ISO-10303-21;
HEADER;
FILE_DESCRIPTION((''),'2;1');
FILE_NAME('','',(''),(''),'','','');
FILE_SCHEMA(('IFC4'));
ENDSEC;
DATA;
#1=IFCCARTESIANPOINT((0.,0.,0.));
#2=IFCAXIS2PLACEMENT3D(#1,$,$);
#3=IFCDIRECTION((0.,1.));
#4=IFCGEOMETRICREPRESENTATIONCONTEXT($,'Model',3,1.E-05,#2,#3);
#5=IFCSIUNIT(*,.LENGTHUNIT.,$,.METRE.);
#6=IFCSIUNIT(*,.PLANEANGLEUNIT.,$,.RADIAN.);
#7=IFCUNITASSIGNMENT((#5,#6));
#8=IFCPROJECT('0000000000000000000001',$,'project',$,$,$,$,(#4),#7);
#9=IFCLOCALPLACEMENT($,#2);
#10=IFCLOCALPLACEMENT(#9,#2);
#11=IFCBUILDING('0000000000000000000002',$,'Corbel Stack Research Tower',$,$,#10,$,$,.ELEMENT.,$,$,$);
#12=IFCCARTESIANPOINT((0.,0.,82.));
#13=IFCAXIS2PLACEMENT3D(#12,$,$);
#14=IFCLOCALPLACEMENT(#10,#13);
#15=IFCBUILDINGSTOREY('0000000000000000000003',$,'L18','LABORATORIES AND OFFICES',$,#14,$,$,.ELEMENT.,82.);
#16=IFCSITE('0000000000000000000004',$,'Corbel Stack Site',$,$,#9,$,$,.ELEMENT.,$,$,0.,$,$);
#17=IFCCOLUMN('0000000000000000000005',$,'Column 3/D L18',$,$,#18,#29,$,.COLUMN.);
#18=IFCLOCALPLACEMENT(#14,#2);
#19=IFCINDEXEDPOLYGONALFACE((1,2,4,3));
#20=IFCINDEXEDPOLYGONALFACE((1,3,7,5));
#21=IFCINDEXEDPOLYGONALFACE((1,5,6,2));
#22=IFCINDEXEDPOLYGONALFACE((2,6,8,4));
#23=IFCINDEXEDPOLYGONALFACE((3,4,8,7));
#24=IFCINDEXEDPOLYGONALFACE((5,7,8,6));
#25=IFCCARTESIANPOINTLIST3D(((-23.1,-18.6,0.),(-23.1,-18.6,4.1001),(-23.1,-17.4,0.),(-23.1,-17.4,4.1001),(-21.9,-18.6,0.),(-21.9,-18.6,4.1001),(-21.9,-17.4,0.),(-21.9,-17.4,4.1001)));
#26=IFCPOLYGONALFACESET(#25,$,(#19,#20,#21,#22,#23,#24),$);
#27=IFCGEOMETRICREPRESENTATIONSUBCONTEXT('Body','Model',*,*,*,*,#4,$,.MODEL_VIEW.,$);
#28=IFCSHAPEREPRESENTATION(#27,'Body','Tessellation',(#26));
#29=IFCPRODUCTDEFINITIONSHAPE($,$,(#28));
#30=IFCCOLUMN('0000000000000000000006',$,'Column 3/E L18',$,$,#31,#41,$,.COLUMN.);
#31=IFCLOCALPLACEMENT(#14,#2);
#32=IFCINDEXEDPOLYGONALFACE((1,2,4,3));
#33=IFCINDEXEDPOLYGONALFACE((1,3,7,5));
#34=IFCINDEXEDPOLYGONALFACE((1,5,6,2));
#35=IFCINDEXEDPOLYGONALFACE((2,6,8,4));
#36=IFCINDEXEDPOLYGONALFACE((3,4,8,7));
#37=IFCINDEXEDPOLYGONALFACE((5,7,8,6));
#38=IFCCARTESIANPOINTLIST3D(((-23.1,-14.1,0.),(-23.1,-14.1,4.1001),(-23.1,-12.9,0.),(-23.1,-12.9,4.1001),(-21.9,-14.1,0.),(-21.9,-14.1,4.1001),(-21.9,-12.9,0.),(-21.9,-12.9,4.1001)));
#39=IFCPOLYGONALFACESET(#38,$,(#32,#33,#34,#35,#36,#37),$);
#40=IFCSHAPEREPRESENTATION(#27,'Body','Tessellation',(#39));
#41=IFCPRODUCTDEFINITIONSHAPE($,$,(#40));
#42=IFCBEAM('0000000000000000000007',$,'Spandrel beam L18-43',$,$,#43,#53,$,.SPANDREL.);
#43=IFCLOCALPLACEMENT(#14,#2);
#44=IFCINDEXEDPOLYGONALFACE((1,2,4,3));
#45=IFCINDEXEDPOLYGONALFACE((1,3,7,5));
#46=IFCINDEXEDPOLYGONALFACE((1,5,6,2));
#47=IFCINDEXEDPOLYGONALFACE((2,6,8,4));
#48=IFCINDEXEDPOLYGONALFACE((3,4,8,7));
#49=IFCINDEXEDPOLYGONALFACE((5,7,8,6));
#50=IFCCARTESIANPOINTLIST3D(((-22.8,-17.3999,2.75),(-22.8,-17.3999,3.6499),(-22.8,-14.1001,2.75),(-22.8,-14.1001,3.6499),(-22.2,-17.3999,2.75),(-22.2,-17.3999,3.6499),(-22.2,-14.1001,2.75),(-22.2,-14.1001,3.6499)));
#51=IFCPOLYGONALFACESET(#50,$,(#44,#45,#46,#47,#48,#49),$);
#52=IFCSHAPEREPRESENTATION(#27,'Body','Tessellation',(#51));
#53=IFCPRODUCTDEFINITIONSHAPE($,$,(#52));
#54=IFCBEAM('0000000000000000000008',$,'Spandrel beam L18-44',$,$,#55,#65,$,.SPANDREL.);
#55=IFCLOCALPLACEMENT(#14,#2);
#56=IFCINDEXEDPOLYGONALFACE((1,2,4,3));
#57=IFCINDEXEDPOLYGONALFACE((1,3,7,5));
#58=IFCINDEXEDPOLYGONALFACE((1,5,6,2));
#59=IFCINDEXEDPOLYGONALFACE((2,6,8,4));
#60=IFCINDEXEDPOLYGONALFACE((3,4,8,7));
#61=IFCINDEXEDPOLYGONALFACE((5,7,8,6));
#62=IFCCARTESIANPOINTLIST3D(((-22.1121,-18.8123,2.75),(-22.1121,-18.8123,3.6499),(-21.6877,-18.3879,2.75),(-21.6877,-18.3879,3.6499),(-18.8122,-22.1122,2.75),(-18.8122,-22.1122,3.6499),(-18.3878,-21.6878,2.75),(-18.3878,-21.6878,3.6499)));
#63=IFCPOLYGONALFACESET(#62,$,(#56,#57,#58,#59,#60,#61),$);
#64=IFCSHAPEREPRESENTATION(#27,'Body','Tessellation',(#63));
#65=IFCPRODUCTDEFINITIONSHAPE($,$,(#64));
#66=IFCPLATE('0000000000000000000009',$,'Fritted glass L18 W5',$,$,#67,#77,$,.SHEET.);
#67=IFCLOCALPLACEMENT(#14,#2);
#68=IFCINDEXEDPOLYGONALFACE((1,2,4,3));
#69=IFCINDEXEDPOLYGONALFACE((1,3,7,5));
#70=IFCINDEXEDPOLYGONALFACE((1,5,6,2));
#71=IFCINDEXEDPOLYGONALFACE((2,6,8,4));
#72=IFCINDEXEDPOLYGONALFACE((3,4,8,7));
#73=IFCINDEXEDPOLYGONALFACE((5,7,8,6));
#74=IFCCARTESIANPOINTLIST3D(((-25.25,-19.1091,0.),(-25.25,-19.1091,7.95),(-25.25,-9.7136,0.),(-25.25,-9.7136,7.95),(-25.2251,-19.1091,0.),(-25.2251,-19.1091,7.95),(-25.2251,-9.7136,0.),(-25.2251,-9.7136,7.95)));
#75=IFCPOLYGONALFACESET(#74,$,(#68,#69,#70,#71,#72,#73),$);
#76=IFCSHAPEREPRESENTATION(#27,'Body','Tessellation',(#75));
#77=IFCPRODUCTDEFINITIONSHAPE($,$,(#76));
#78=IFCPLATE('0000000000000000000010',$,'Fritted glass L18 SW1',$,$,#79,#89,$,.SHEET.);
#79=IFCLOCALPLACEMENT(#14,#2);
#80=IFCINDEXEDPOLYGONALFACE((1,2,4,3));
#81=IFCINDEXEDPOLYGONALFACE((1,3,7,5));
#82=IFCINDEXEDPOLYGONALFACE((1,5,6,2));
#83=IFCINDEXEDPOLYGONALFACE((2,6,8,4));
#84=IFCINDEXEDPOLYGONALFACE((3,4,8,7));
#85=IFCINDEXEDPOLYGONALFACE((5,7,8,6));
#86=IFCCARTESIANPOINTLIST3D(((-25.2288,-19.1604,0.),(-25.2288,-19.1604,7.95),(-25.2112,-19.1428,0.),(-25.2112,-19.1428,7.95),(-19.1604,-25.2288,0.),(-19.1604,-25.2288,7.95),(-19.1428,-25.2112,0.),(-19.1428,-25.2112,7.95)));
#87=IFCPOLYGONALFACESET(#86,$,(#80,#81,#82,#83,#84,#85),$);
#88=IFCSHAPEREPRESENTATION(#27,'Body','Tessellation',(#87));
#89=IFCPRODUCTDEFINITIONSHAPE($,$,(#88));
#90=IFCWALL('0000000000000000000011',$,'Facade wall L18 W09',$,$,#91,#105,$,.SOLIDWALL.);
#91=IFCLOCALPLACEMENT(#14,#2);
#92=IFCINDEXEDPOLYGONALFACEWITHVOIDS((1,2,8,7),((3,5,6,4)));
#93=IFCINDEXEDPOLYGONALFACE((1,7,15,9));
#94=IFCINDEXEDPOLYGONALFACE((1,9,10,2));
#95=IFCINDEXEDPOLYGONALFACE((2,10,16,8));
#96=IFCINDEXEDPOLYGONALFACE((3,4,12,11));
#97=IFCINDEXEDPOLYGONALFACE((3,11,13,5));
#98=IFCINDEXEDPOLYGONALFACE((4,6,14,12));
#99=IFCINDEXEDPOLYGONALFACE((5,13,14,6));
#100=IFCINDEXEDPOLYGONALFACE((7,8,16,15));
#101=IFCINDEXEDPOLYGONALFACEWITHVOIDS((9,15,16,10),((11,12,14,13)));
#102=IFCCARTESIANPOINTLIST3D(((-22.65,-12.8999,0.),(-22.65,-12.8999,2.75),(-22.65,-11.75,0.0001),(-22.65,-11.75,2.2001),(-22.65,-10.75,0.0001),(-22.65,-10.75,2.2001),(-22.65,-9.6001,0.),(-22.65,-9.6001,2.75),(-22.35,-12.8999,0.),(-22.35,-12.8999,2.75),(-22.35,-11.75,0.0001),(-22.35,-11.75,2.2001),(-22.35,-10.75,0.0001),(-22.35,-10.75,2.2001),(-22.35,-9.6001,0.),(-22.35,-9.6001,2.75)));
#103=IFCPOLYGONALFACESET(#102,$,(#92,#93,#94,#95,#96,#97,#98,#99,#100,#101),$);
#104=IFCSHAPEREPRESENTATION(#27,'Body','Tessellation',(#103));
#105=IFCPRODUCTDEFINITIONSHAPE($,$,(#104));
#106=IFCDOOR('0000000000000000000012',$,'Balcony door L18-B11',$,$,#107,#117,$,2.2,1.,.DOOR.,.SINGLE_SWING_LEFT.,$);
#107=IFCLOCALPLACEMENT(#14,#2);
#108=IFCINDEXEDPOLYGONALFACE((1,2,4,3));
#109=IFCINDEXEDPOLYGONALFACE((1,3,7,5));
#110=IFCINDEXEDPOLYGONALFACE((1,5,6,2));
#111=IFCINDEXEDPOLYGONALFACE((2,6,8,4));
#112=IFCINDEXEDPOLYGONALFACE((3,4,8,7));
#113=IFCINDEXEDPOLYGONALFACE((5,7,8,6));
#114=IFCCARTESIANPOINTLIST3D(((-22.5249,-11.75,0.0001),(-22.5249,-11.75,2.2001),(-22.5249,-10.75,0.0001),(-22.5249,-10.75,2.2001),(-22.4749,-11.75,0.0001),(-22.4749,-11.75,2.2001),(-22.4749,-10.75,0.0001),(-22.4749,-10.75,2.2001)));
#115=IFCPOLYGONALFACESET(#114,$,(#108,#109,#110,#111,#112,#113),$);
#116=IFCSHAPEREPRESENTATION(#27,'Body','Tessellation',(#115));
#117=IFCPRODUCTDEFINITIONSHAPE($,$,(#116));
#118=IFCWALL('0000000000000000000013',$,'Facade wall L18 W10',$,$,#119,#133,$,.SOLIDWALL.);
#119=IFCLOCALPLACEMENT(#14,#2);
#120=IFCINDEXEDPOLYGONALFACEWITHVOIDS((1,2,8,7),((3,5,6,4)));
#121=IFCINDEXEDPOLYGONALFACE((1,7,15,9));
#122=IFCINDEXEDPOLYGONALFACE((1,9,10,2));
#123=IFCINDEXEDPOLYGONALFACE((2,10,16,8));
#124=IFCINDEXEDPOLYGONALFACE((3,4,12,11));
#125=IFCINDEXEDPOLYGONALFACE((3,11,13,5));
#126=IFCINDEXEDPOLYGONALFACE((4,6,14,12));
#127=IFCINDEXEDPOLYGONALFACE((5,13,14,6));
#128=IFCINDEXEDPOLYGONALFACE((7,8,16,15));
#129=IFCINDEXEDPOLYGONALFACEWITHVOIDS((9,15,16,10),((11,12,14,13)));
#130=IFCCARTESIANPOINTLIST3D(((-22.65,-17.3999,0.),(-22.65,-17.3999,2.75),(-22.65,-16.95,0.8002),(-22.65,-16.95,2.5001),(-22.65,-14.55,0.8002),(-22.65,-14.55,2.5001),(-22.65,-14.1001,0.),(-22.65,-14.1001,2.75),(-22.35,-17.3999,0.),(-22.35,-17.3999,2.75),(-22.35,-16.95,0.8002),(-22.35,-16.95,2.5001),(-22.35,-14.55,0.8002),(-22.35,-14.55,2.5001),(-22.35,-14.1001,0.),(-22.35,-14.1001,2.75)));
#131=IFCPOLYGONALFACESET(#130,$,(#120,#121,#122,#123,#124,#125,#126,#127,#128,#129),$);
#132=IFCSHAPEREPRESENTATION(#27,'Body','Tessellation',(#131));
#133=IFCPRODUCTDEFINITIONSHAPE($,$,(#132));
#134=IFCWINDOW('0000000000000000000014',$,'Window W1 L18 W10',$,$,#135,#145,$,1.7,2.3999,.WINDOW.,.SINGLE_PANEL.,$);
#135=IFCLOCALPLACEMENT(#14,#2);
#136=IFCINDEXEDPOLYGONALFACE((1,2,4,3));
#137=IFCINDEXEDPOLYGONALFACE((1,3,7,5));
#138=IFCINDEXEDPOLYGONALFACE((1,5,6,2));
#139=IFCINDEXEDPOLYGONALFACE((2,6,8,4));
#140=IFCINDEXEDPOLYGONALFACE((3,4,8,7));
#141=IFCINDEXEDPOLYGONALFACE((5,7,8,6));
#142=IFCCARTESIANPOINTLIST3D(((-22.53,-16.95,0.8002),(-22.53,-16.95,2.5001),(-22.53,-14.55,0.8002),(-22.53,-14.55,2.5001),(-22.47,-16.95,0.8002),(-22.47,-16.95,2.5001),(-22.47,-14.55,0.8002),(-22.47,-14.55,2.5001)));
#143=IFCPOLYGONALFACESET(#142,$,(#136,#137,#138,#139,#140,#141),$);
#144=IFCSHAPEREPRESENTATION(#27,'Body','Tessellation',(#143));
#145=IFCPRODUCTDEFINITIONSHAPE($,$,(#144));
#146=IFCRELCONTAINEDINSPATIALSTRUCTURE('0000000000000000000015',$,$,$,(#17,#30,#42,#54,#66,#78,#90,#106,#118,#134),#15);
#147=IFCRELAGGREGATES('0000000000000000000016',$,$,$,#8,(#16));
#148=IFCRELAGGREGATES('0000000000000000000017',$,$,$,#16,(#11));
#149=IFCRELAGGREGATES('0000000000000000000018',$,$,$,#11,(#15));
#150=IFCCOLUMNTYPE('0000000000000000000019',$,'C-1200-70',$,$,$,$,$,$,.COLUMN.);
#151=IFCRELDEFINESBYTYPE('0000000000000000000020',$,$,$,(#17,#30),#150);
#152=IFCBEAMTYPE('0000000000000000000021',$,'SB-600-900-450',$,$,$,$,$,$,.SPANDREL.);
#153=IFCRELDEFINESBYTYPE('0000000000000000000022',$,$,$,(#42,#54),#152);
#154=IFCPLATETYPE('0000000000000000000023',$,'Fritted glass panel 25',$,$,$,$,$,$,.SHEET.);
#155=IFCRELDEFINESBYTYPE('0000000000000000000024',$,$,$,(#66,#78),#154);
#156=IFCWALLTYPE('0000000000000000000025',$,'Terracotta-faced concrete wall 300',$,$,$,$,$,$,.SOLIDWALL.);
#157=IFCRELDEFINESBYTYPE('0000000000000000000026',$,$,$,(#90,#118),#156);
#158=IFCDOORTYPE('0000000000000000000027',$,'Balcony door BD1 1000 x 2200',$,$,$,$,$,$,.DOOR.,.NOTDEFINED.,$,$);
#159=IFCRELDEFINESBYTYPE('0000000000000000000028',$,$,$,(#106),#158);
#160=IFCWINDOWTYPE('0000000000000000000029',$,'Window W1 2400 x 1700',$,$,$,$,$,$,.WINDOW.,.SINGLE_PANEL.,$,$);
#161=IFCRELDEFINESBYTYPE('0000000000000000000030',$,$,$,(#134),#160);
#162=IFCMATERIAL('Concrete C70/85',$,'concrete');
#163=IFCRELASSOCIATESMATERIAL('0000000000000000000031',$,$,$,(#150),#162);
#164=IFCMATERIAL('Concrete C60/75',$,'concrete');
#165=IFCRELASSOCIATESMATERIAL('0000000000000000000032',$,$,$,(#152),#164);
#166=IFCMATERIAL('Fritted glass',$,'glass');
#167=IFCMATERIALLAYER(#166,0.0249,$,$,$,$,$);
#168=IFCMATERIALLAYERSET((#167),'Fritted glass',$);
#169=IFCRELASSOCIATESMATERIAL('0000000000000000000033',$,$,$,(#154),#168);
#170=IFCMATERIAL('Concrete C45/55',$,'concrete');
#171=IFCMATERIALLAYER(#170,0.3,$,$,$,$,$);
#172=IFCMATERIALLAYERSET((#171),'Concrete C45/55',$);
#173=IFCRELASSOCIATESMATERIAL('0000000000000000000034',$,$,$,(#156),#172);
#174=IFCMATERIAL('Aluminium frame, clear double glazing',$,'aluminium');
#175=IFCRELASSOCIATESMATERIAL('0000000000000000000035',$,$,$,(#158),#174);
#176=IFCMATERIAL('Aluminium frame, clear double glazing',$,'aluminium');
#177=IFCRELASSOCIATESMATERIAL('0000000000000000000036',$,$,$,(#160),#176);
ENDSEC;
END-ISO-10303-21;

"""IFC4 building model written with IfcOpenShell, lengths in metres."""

from ifc_helpers import new_model, si_unit, direction, frame, frame_2d, origin, origin_2d, place, context, subcontext, project, spatial, rectangle, extrude, material, layer, layer_set, material_profile, profile_set, type_object, element, fill, save


model = new_model("IFC4")

# Units and contexts
model_context = context("Model", 3, precision=1e-05, world=origin(), true_north=direction((0.0, 1.0)))
body_context = subcontext(model_context, "Body", "Model", "MODEL_VIEW")
ifc_project = project(units=[si_unit("LENGTHUNIT", "METRE"), si_unit("PLANEANGLEUNIT", "RADIAN")], contexts=[model_context])

# Site, building, storey
site_placement = place(None, origin())
site = spatial("IfcSite", under=ifc_project, at=site_placement, Name="Corbel Stack Site", CompositionType="ELEMENT", RefElevation=0.0)
building_placement = place(site_placement, origin())
building = spatial("IfcBuilding", under=site, at=building_placement, Name="Corbel Stack Research Tower", CompositionType="ELEMENT")
storey_placement = place(building_placement, frame((0.0, 0.0, 82.0)))
storey = spatial("IfcBuildingStorey", under=building, at=storey_placement, Name="L18", Description="LABORATORIES AND OFFICES", CompositionType="ELEMENT", Elevation=82.0)

# Columns
ifc_material_1 = material(Name="Concrete C70/85", Category="concrete")
ifc_material_profile_1 = material_profile(ifc_material_1, rectangle(XDim=1.2, YDim=1.2, at=origin_2d()), Name="RC 1200 x 1200")
ifc_profile_set_1 = profile_set([ifc_material_profile_1], Name="Concrete C70/85")
column_type = type_object("IfcColumnType", Name="C-1200-70", PredefinedType="COLUMN", material=ifc_profile_set_1)
for number, where, z_axis, x_axis, name in (
    (1, (-22.5, -18.0, 0.0), (0.0, 0.0, 1.0), (1.0, 0.0, 0.0), "Column 3/D L18"),
    (2, (-22.5, -13.5, 0.0), (0.0, 0.0, 1.0), (1.0, 0.0, 0.0), "Column 3/E L18"),
):
    element("IfcColumn", number, at=place(storey_placement, frame(where, z_axis=z_axis, x_axis=x_axis)), inside=storey, type_object=column_type, Name=name, PredefinedType="COLUMN", context=body_context, shape_type="SweptSolid", body=[
        extrude(rectangle(XDim=1.2, YDim=1.2, at=origin_2d()), origin(), (0.0, 0.0, 1.0), 4.1001),
    ])

# Beams
ifc_material_2 = material(Name="Concrete C60/75", Category="concrete")
ifc_material_profile_2 = material_profile(ifc_material_2, rectangle(XDim=0.6001, YDim=0.8999, at=origin_2d()), Name="RC 600 x 900")
ifc_profile_set_2 = profile_set([ifc_material_profile_2], Name="Concrete C60/75")
beam_type = type_object("IfcBeamType", Name="SB-600-900-450", PredefinedType="SPANDREL", material=ifc_profile_set_2)
beam_1_placement = place(storey_placement, frame((-22.5, -14.1001, 3.2), z_axis=(0.0, -1.0, 0.0), x_axis=(1.0, 0.0, 0.0)))
element("IfcBeam", 3, at=beam_1_placement, inside=storey, type_object=beam_type, Name="Spandrel beam L18-43", PredefinedType="SPANDREL", context=body_context, shape_type="SweptSolid", body=[
    extrude(rectangle(XDim=0.6001, YDim=0.8999, at=origin_2d()), origin(), (0.0, 0.0, 1.0), 3.2998),
])
beam_2_placement = place(storey_placement, frame((-21.8999, -18.6001, 3.2), z_axis=(0.707107, -0.707107, 0.0), x_axis=(0.707107, 0.707107, 0.0)))
element("IfcBeam", 4, at=beam_2_placement, inside=storey, type_object=beam_type, Name="Spandrel beam L18-44", PredefinedType="SPANDREL", context=body_context, shape_type="SweptSolid", body=[
    extrude(rectangle(XDim=0.6001, YDim=0.8999, at=origin_2d()), origin(), (0.0, 0.0, 1.0), 4.6667),
])

# Plates
ifc_material_3 = material(Name="Fritted glass", Category="glass")
ifc_layer_1 = layer(ifc_material_3, 0.0249)
ifc_layer_set_1 = layer_set([ifc_layer_1], Name="Fritted glass")
plate_type = type_object("IfcPlateType", Name="Fritted glass panel 25", PredefinedType="SHEET", material=ifc_layer_set_1)
plate_1_placement = place(storey_placement, frame((-25.2375, -14.4114, 0.0), z_axis=(0.0, 0.0, 1.0), x_axis=(0.0, -1.0, 0.0)))
element("IfcPlate", 5, at=plate_1_placement, inside=storey, type_object=plate_type, Name="Fritted glass L18 W5", PredefinedType="SHEET", context=body_context, shape_type="SweptSolid", body=[
    extrude(rectangle(XDim=9.3955, YDim=0.0249, at=origin_2d()), origin(), (0.0, 0.0, 1.0), 7.95),
])
plate_2_placement = place(storey_placement, frame((-22.1858, -22.1858, 0.0), z_axis=(0.0, 0.0, 1.0), x_axis=(0.707107, -0.707107, 0.0)))
element("IfcPlate", 6, at=plate_2_placement, inside=storey, type_object=plate_type, Name="Fritted glass L18 SW1", PredefinedType="SHEET", context=body_context, shape_type="SweptSolid", body=[
    extrude(rectangle(XDim=8.582, YDim=0.0249, at=origin_2d()), origin(), (0.0, 0.0, 1.0), 7.95),
])

# Wall, opening, door
ifc_material_4 = material(Name="Concrete C45/55", Category="concrete")
ifc_layer_2 = layer(ifc_material_4, 0.3)
ifc_layer_set_2 = layer_set([ifc_layer_2], Name="Concrete C45/55")
wall_type = type_object("IfcWallType", Name="Terracotta-faced concrete wall 300", PredefinedType="SOLIDWALL", material=ifc_layer_set_2)
wall_1_placement = place(storey_placement, frame((-22.5, -12.8999, 0.0), z_axis=(0.0, 0.0, 1.0), x_axis=(0.0, 1.0, 0.0)))
wall_1 = element("IfcWall", 7, at=wall_1_placement, inside=storey, type_object=wall_type, Name="Facade wall L18 W09", PredefinedType="SOLIDWALL", context=body_context, shape_type="SweptSolid", body=[
    extrude(rectangle(XDim=3.2998, YDim=0.3, at=frame_2d((1.6499, 0.0))), origin(), (0.0, 0.0, 1.0), 2.75),
])
opening_1_placement = place(wall_1_placement, frame((1.1499, 0.0, 0.0)))
opening_1 = element("IfcOpeningElement", 8, at=opening_1_placement, cuts=wall_1, PredefinedType="OPENING", context=body_context, shape_type="SweptSolid", body=[
    extrude(rectangle(XDim=1.0, YDim=2.2, at=frame_2d((0.5, 1.1001))), frame((0.0, 0.1599, 0.0), z_axis=(0.0, -1.0, 0.0), x_axis=(1.0, 0.0, 0.0)), (0.0, 0.0, 1.0), 0.3201),
])
ifc_material_5 = material(Name="Aluminium frame, clear double glazing", Category="aluminium")
door_type = type_object("IfcDoorType", Name="Balcony door BD1 1000 x 2200", OperationType="NOTDEFINED", PredefinedType="DOOR", material=ifc_material_5)
door_placement = place(opening_1_placement, origin())
door = element("IfcDoor", 9, at=door_placement, inside=storey, type_object=door_type, Name="Balcony door L18-B11", OperationType="SINGLE_SWING_LEFT", OverallHeight=2.2, OverallWidth=1.0, PredefinedType="DOOR", context=body_context, shape_type="SweptSolid", body=[
    extrude(rectangle(XDim=1.0, YDim=2.2, at=frame_2d((0.5, 1.1001))), frame((0.0, 0.0249, 0.0), z_axis=(0.0, -1.0, 0.0), x_axis=(1.0, 0.0, 0.0)), (0.0, 0.0, 1.0), 0.05),
])
fill(opening_1, door)

# Wall, opening, window
wall_2_placement = place(storey_placement, frame((-22.5, -17.3999, 0.0), z_axis=(0.0, 0.0, 1.0), x_axis=(0.0, 1.0, 0.0)))
wall_2 = element("IfcWall", 10, at=wall_2_placement, inside=storey, type_object=wall_type, Name="Facade wall L18 W10", PredefinedType="SOLIDWALL", context=body_context, shape_type="SweptSolid", body=[
    extrude(rectangle(XDim=3.2998, YDim=0.3, at=frame_2d((1.6499, 0.0))), origin(), (0.0, 0.0, 1.0), 2.75),
])
opening_2_placement = place(wall_2_placement, frame((0.45, 0.0, 0.8)))
opening_2 = element("IfcOpeningElement", 11, at=opening_2_placement, cuts=wall_2, PredefinedType="OPENING", context=body_context, shape_type="SweptSolid", body=[
    extrude(rectangle(XDim=2.3999, YDim=1.7, at=frame_2d((1.2, 0.8501))), frame((0.0, 0.1599, 0.0), z_axis=(0.0, -1.0, 0.0), x_axis=(1.0, 0.0, 0.0)), (0.0, 0.0, 1.0), 0.3201),
])
ifc_material_6 = material(Name="Aluminium frame, clear double glazing", Category="aluminium")
window_type = type_object("IfcWindowType", Name="Window W1 2400 x 1700", PartitioningType="SINGLE_PANEL", PredefinedType="WINDOW", material=ifc_material_6)
window_placement = place(opening_2_placement, origin())
window = element("IfcWindow", 12, at=window_placement, inside=storey, type_object=window_type, Name="Window W1 L18 W10", OverallHeight=1.7, OverallWidth=2.3999, PartitioningType="SINGLE_PANEL", PredefinedType="WINDOW", context=body_context, shape_type="SweptSolid", body=[
    extrude(rectangle(XDim=2.3999, YDim=1.7, at=frame_2d((1.2, 0.8501))), frame((0.0, 0.03, 0.0), z_axis=(0.0, -1.0, 0.0), x_axis=(1.0, 0.0, 0.0)), (0.0, 0.0, 1.0), 0.0601),
])
fill(opening_2, window)

save(model, "model.ifc")
